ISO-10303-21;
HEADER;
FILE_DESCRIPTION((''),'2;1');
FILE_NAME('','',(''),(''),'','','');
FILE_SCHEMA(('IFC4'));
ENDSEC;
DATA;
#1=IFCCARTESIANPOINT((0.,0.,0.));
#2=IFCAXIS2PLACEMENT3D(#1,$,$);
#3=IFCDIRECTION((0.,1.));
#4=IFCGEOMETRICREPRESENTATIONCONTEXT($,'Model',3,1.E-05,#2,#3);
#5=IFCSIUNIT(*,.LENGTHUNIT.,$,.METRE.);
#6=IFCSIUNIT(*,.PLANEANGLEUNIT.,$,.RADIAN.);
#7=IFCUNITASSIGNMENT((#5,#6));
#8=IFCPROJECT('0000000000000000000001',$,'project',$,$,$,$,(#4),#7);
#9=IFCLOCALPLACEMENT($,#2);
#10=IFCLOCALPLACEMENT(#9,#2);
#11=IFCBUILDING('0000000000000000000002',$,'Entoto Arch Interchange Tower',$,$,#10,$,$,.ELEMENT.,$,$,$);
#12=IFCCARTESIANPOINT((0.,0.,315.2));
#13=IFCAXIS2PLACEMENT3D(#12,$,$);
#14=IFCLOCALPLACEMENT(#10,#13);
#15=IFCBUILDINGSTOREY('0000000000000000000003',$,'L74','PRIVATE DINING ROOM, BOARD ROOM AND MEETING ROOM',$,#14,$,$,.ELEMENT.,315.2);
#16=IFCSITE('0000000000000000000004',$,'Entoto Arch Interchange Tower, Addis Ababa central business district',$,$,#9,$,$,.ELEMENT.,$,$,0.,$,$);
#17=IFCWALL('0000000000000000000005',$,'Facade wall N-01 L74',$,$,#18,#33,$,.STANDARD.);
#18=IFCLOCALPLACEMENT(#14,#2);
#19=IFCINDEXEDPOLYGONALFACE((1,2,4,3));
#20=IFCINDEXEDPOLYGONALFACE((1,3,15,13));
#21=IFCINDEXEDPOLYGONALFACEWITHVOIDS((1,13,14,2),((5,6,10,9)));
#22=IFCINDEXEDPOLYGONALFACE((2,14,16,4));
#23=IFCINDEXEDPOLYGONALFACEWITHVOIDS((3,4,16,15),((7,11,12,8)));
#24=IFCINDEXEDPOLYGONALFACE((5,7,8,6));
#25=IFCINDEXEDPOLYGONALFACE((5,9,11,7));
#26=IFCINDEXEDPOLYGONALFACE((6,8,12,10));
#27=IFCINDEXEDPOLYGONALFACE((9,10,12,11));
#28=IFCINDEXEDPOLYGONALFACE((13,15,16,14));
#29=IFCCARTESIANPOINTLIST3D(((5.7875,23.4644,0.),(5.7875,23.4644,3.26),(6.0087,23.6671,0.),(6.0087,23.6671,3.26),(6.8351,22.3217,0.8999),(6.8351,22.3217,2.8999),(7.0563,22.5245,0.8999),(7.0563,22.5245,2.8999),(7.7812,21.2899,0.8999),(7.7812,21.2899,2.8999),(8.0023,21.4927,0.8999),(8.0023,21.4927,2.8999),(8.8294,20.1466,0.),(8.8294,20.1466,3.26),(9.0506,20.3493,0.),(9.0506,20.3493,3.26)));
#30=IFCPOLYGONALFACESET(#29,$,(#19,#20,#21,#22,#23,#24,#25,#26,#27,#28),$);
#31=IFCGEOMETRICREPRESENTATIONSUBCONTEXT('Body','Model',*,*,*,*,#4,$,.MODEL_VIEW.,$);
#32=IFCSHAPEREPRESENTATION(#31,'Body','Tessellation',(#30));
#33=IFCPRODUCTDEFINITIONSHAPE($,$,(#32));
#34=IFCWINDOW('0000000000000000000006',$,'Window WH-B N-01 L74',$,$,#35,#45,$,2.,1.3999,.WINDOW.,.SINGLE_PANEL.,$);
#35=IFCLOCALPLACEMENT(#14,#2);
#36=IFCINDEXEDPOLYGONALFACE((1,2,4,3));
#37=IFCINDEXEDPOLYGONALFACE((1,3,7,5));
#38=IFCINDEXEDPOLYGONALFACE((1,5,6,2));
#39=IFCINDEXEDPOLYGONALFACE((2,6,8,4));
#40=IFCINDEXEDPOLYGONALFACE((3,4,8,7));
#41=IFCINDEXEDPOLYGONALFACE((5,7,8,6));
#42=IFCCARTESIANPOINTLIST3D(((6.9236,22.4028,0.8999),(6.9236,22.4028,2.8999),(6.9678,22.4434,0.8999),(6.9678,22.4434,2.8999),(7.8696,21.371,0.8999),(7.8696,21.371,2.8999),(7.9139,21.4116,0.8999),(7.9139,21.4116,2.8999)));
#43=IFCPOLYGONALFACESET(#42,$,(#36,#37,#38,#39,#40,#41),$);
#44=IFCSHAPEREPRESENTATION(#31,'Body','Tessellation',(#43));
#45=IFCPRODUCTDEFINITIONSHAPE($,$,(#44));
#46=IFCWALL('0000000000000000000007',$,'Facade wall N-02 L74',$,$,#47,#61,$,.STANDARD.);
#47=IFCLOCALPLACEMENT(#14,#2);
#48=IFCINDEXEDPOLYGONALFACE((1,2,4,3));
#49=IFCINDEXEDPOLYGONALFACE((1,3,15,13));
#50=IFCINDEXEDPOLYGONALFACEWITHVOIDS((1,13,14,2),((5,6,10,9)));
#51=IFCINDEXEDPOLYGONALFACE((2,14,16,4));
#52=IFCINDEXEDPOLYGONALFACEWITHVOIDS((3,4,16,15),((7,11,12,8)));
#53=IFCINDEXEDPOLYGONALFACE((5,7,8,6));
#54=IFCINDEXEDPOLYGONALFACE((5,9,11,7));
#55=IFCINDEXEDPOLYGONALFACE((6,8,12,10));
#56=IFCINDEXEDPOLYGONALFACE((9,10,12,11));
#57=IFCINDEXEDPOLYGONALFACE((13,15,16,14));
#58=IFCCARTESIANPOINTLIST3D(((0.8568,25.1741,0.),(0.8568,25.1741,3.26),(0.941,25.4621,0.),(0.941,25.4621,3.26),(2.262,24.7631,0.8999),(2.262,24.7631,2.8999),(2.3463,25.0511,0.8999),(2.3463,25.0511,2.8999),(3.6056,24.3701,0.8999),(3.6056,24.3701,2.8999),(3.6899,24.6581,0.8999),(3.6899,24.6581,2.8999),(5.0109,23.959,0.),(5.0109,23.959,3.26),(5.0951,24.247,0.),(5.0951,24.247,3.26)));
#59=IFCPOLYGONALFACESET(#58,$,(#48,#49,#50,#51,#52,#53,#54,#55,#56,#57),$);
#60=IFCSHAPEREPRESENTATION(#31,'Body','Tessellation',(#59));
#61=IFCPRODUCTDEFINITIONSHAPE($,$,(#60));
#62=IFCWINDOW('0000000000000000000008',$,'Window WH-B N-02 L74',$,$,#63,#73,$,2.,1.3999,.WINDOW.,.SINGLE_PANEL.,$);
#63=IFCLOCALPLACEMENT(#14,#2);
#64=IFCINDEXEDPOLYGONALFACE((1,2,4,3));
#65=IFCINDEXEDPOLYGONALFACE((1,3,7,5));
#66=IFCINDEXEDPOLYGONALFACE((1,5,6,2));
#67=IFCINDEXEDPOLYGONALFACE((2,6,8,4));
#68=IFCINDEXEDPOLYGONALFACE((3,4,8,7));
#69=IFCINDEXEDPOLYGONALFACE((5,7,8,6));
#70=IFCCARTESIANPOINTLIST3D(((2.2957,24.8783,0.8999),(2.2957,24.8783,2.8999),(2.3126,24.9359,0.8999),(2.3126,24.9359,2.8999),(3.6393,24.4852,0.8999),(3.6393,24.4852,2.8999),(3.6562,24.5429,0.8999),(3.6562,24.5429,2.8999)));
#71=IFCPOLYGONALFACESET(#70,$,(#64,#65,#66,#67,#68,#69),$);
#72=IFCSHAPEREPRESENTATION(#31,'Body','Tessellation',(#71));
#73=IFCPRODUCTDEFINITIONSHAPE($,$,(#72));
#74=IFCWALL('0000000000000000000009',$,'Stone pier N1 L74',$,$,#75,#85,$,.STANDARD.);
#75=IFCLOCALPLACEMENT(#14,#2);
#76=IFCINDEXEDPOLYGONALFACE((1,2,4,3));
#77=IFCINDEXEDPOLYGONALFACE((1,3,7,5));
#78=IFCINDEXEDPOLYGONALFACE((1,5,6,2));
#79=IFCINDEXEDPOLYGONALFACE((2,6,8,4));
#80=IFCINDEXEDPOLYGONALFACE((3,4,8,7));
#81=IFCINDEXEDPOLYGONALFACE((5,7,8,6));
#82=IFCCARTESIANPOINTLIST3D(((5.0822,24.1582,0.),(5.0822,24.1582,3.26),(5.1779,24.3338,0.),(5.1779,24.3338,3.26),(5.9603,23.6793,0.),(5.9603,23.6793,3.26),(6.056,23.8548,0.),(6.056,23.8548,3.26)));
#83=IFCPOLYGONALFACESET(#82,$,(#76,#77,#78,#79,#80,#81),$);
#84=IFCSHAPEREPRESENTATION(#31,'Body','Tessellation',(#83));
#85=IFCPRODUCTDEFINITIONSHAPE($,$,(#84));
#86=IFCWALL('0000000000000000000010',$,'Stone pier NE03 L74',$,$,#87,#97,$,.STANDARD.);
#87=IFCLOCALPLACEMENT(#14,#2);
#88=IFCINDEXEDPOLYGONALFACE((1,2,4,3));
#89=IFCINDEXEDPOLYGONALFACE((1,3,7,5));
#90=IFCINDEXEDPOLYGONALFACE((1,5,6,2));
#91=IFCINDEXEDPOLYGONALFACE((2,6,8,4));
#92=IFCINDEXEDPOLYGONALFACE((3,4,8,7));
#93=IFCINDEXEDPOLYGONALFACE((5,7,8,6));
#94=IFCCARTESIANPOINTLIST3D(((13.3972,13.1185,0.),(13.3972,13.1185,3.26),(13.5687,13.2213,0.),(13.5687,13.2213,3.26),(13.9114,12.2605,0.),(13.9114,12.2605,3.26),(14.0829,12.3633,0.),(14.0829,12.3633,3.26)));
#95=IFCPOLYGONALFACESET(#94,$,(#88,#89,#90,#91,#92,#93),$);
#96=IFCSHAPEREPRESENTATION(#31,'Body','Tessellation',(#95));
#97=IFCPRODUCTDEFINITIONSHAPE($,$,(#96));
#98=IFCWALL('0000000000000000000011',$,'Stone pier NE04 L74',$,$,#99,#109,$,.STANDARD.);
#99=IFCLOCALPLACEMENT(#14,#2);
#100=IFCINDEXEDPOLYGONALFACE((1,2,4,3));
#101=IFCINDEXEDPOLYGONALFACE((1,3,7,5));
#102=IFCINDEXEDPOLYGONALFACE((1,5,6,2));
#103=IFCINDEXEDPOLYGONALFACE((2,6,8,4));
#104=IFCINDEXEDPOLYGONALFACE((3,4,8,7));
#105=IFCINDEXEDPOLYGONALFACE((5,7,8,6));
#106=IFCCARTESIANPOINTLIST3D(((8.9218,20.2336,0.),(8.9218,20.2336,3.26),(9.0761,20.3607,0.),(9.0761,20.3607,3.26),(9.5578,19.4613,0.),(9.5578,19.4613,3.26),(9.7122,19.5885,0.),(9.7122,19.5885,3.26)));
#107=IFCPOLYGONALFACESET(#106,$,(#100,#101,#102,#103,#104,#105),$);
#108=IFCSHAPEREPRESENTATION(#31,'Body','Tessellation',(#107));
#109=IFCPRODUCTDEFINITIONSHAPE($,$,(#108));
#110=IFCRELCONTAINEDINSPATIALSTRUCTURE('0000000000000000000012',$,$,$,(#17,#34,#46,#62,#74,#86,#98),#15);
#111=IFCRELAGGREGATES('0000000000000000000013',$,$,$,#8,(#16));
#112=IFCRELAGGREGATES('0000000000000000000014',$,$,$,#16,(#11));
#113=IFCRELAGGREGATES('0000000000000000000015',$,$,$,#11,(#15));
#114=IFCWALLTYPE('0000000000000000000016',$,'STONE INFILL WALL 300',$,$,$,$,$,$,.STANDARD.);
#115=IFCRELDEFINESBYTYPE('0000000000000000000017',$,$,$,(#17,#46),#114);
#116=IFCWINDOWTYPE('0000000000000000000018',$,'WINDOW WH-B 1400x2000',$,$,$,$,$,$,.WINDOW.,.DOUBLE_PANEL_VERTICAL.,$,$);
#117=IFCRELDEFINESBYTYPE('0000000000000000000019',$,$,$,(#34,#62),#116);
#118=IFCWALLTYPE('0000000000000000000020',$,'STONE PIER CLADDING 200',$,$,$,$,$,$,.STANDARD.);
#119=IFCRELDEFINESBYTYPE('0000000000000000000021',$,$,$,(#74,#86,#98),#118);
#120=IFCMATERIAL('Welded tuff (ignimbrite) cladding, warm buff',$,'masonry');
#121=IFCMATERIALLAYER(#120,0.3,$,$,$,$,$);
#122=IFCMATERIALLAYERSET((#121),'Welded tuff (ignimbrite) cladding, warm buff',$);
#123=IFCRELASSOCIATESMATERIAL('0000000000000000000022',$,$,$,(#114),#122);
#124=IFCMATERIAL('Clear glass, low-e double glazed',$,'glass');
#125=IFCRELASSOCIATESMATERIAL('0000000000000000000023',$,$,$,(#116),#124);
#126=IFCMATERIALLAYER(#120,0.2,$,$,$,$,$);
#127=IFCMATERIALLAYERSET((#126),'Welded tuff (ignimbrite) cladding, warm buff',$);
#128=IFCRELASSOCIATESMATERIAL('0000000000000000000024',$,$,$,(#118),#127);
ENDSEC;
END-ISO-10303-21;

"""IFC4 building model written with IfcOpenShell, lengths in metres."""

from ifc_helpers import new_model, si_unit, direction, frame, frame_2d, origin, place, context, subcontext, project, spatial, rectangle, extrude, material, layer, layer_set, type_object, element, fill, save


model = new_model("IFC4")

# Units and contexts
model_context = context("Model", 3, precision=1e-05, world=origin(), true_north=direction((0.0, 1.0)))
body_context = subcontext(model_context, "Body", "Model", "MODEL_VIEW")
ifc_project = project(units=[si_unit("LENGTHUNIT", "METRE"), si_unit("PLANEANGLEUNIT", "RADIAN")], contexts=[model_context])

# Site, building, storey
site_placement = place(None, origin())
site = spatial("IfcSite", under=ifc_project, at=site_placement, Name="Entoto Arch Interchange Tower, Addis Ababa central business district", CompositionType="ELEMENT", RefElevation=0.0)
building_placement = place(site_placement, origin())
building = spatial("IfcBuilding", under=site, at=building_placement, Name="Entoto Arch Interchange Tower", CompositionType="ELEMENT")
storey_placement = place(building_placement, frame((0.0, 0.0, 315.2)))
storey = spatial("IfcBuildingStorey", under=building, at=storey_placement, Name="L74", Description="PRIVATE DINING ROOM, BOARD ROOM AND MEETING ROOM", CompositionType="ELEMENT", Elevation=315.2)

# Shared definitions
ifc_material_1 = material(Name="Welded tuff (ignimbrite) cladding, warm buff", Category="masonry")
ifc_layer_1 = layer(ifc_material_1, 0.3)
ifc_layer_set_1 = layer_set([ifc_layer_1], Name="Welded tuff (ignimbrite) cladding, warm buff")
wall_type_1 = type_object("IfcWallType", Name="STONE INFILL WALL 300", PredefinedType="STANDARD", material=ifc_layer_set_1)
ifc_material_2 = material(Name="Clear glass, low-e double glazed", Category="glass")

# Walls, openings, windows
wall_1_placement = place(storey_placement, frame((8.9399, 20.248, 0.0), z_axis=(0.0, 0.0, 1.0), x_axis=(-0.675798, 0.737087, 0.0)))
wall_1 = element("IfcWall", 1, at=wall_1_placement, inside=storey, type_object=wall_type_1, Name="Facade wall N-01 L74", PredefinedType="STANDARD", context=body_context, shape_type="SweptSolid", body=[
    extrude(rectangle(XDim=4.5012, YDim=0.3, at=frame_2d((2.2505, 0.0))), origin(), (0.0, 0.0, 1.0), 3.26),
])
opening_1_placement = place(wall_1_placement, frame((1.551, 0.0, 0.8999)))
opening_1 = element("IfcOpeningElement", 2, at=opening_1_placement, cuts=wall_1, PredefinedType="OPENING", context=body_context, shape_type="SweptSolid", body=[
    extrude(rectangle(XDim=1.3999, YDim=2.0, at=frame_2d((0.7, 1.0))), frame((0.0, 0.1602, 0.0), z_axis=(0.0, -1.0, 0.0), x_axis=(1.0, 0.0, 0.0)), (0.0, 0.0, 1.0), 0.3201),
])
window_type_1 = type_object("IfcWindowType", Name="WINDOW WH-B 1400x2000", PartitioningType="DOUBLE_PANEL_VERTICAL", PredefinedType="WINDOW", material=ifc_material_2)
window_1_placement = place(opening_1_placement, origin())
window_1 = element("IfcWindow", 3, at=window_1_placement, inside=storey, type_object=window_type_1, Name="Window WH-B N-01 L74", OverallHeight=2.0, OverallWidth=1.3999, PartitioningType="SINGLE_PANEL", PredefinedType="WINDOW", context=body_context, shape_type="SweptSolid", body=[
    extrude(rectangle(XDim=1.3999, YDim=2.0, at=frame_2d((0.7, 1.0))), frame((0.0, 0.03, 0.0), z_axis=(0.0, -1.0, 0.0), x_axis=(1.0, 0.0, 0.0)), (0.0, 0.0, 1.0), 0.0601),
])
fill(opening_1, window_1)
wall_2_placement = place(storey_placement, frame((5.053, 24.103, 0.0), z_axis=(0.0, 0.0, 1.0), x_axis=(-0.959783, 0.280743, 0.0)))
wall_2 = element("IfcWall", 4, at=wall_2_placement, inside=storey, type_object=wall_type_1, Name="Facade wall N-02 L74", PredefinedType="STANDARD", context=body_context, shape_type="SweptSolid", body=[
    extrude(rectangle(XDim=4.3281, YDim=0.3, at=frame_2d((2.1641, 0.0))), origin(), (0.0, 0.0, 1.0), 3.26),
])
opening_2_placement = place(wall_2_placement, frame((1.4641, 0.0, 0.8999)))
opening_2 = element("IfcOpeningElement", 5, at=opening_2_placement, cuts=wall_2, PredefinedType="OPENING", context=body_context, shape_type="SweptSolid", body=[
    extrude(rectangle(XDim=1.3999, YDim=2.0, at=frame_2d((0.7, 1.0))), frame((0.0, 0.1602, 0.0), z_axis=(0.0, -1.0, 0.0), x_axis=(1.0, 0.0, 0.0)), (0.0, 0.0, 1.0), 0.3201),
])
window_2_placement = place(opening_2_placement, origin())
window_2 = element("IfcWindow", 6, at=window_2_placement, inside=storey, type_object=window_type_1, Name="Window WH-B N-02 L74", OverallHeight=2.0, OverallWidth=1.3999, PartitioningType="SINGLE_PANEL", PredefinedType="WINDOW", context=body_context, shape_type="SweptSolid", body=[
    extrude(rectangle(XDim=1.3999, YDim=2.0, at=frame_2d((0.7, 1.0))), frame((0.0, 0.03, 0.0), z_axis=(0.0, -1.0, 0.0), x_axis=(1.0, 0.0, 0.0)), (0.0, 0.0, 1.0), 0.0601),
])
fill(opening_2, window_2)

# Walls
ifc_layer_2 = layer(ifc_material_1, 0.2)
ifc_layer_set_2 = layer_set([ifc_layer_2], Name="Welded tuff (ignimbrite) cladding, warm buff")
wall_type_2 = type_object("IfcWallType", Name="STONE PIER CLADDING 200", PredefinedType="STANDARD", material=ifc_layer_set_2)
for number, where, z_axis, x_axis, name in (
    (7, (6.0081, 23.7671, 0.0), (0.0, 0.0, 1.0), (-0.877896, 0.478852, 0.0), "Stone pier N1 L74"),
    (8, (13.9971, 12.312, 0.0), (0.0, 0.0, 1.0), (-0.514065, 0.857751, 0.0), "Stone pier NE03 L74"),
):
    element("IfcWall", number, at=place(storey_placement, frame(where, z_axis=z_axis, x_axis=x_axis)), inside=storey, type_object=wall_type_2, Name=name, PredefinedType="STANDARD", context=body_context, shape_type="SweptSolid", body=[
        extrude(rectangle(XDim=1.0002, YDim=0.2, at=frame_2d((0.5, 0.0))), origin(), (0.0, 0.0, 1.0), 3.26),
    ])
wall_3_placement = place(storey_placement, frame((9.635, 19.5249, 0.0), z_axis=(0.0, 0.0, 1.0), x_axis=(-0.635733, 0.771909, 0.0)))
element("IfcWall", 9, at=wall_3_placement, inside=storey, type_object=wall_type_2, Name="Stone pier NE04 L74", PredefinedType="STANDARD", context=body_context, shape_type="SweptSolid", body=[
    extrude(rectangle(XDim=1.0005, YDim=0.2, at=frame_2d((0.5002, 0.0))), origin(), (0.0, 0.0, 1.0), 3.26),
])

save(model, "model.ifc")
